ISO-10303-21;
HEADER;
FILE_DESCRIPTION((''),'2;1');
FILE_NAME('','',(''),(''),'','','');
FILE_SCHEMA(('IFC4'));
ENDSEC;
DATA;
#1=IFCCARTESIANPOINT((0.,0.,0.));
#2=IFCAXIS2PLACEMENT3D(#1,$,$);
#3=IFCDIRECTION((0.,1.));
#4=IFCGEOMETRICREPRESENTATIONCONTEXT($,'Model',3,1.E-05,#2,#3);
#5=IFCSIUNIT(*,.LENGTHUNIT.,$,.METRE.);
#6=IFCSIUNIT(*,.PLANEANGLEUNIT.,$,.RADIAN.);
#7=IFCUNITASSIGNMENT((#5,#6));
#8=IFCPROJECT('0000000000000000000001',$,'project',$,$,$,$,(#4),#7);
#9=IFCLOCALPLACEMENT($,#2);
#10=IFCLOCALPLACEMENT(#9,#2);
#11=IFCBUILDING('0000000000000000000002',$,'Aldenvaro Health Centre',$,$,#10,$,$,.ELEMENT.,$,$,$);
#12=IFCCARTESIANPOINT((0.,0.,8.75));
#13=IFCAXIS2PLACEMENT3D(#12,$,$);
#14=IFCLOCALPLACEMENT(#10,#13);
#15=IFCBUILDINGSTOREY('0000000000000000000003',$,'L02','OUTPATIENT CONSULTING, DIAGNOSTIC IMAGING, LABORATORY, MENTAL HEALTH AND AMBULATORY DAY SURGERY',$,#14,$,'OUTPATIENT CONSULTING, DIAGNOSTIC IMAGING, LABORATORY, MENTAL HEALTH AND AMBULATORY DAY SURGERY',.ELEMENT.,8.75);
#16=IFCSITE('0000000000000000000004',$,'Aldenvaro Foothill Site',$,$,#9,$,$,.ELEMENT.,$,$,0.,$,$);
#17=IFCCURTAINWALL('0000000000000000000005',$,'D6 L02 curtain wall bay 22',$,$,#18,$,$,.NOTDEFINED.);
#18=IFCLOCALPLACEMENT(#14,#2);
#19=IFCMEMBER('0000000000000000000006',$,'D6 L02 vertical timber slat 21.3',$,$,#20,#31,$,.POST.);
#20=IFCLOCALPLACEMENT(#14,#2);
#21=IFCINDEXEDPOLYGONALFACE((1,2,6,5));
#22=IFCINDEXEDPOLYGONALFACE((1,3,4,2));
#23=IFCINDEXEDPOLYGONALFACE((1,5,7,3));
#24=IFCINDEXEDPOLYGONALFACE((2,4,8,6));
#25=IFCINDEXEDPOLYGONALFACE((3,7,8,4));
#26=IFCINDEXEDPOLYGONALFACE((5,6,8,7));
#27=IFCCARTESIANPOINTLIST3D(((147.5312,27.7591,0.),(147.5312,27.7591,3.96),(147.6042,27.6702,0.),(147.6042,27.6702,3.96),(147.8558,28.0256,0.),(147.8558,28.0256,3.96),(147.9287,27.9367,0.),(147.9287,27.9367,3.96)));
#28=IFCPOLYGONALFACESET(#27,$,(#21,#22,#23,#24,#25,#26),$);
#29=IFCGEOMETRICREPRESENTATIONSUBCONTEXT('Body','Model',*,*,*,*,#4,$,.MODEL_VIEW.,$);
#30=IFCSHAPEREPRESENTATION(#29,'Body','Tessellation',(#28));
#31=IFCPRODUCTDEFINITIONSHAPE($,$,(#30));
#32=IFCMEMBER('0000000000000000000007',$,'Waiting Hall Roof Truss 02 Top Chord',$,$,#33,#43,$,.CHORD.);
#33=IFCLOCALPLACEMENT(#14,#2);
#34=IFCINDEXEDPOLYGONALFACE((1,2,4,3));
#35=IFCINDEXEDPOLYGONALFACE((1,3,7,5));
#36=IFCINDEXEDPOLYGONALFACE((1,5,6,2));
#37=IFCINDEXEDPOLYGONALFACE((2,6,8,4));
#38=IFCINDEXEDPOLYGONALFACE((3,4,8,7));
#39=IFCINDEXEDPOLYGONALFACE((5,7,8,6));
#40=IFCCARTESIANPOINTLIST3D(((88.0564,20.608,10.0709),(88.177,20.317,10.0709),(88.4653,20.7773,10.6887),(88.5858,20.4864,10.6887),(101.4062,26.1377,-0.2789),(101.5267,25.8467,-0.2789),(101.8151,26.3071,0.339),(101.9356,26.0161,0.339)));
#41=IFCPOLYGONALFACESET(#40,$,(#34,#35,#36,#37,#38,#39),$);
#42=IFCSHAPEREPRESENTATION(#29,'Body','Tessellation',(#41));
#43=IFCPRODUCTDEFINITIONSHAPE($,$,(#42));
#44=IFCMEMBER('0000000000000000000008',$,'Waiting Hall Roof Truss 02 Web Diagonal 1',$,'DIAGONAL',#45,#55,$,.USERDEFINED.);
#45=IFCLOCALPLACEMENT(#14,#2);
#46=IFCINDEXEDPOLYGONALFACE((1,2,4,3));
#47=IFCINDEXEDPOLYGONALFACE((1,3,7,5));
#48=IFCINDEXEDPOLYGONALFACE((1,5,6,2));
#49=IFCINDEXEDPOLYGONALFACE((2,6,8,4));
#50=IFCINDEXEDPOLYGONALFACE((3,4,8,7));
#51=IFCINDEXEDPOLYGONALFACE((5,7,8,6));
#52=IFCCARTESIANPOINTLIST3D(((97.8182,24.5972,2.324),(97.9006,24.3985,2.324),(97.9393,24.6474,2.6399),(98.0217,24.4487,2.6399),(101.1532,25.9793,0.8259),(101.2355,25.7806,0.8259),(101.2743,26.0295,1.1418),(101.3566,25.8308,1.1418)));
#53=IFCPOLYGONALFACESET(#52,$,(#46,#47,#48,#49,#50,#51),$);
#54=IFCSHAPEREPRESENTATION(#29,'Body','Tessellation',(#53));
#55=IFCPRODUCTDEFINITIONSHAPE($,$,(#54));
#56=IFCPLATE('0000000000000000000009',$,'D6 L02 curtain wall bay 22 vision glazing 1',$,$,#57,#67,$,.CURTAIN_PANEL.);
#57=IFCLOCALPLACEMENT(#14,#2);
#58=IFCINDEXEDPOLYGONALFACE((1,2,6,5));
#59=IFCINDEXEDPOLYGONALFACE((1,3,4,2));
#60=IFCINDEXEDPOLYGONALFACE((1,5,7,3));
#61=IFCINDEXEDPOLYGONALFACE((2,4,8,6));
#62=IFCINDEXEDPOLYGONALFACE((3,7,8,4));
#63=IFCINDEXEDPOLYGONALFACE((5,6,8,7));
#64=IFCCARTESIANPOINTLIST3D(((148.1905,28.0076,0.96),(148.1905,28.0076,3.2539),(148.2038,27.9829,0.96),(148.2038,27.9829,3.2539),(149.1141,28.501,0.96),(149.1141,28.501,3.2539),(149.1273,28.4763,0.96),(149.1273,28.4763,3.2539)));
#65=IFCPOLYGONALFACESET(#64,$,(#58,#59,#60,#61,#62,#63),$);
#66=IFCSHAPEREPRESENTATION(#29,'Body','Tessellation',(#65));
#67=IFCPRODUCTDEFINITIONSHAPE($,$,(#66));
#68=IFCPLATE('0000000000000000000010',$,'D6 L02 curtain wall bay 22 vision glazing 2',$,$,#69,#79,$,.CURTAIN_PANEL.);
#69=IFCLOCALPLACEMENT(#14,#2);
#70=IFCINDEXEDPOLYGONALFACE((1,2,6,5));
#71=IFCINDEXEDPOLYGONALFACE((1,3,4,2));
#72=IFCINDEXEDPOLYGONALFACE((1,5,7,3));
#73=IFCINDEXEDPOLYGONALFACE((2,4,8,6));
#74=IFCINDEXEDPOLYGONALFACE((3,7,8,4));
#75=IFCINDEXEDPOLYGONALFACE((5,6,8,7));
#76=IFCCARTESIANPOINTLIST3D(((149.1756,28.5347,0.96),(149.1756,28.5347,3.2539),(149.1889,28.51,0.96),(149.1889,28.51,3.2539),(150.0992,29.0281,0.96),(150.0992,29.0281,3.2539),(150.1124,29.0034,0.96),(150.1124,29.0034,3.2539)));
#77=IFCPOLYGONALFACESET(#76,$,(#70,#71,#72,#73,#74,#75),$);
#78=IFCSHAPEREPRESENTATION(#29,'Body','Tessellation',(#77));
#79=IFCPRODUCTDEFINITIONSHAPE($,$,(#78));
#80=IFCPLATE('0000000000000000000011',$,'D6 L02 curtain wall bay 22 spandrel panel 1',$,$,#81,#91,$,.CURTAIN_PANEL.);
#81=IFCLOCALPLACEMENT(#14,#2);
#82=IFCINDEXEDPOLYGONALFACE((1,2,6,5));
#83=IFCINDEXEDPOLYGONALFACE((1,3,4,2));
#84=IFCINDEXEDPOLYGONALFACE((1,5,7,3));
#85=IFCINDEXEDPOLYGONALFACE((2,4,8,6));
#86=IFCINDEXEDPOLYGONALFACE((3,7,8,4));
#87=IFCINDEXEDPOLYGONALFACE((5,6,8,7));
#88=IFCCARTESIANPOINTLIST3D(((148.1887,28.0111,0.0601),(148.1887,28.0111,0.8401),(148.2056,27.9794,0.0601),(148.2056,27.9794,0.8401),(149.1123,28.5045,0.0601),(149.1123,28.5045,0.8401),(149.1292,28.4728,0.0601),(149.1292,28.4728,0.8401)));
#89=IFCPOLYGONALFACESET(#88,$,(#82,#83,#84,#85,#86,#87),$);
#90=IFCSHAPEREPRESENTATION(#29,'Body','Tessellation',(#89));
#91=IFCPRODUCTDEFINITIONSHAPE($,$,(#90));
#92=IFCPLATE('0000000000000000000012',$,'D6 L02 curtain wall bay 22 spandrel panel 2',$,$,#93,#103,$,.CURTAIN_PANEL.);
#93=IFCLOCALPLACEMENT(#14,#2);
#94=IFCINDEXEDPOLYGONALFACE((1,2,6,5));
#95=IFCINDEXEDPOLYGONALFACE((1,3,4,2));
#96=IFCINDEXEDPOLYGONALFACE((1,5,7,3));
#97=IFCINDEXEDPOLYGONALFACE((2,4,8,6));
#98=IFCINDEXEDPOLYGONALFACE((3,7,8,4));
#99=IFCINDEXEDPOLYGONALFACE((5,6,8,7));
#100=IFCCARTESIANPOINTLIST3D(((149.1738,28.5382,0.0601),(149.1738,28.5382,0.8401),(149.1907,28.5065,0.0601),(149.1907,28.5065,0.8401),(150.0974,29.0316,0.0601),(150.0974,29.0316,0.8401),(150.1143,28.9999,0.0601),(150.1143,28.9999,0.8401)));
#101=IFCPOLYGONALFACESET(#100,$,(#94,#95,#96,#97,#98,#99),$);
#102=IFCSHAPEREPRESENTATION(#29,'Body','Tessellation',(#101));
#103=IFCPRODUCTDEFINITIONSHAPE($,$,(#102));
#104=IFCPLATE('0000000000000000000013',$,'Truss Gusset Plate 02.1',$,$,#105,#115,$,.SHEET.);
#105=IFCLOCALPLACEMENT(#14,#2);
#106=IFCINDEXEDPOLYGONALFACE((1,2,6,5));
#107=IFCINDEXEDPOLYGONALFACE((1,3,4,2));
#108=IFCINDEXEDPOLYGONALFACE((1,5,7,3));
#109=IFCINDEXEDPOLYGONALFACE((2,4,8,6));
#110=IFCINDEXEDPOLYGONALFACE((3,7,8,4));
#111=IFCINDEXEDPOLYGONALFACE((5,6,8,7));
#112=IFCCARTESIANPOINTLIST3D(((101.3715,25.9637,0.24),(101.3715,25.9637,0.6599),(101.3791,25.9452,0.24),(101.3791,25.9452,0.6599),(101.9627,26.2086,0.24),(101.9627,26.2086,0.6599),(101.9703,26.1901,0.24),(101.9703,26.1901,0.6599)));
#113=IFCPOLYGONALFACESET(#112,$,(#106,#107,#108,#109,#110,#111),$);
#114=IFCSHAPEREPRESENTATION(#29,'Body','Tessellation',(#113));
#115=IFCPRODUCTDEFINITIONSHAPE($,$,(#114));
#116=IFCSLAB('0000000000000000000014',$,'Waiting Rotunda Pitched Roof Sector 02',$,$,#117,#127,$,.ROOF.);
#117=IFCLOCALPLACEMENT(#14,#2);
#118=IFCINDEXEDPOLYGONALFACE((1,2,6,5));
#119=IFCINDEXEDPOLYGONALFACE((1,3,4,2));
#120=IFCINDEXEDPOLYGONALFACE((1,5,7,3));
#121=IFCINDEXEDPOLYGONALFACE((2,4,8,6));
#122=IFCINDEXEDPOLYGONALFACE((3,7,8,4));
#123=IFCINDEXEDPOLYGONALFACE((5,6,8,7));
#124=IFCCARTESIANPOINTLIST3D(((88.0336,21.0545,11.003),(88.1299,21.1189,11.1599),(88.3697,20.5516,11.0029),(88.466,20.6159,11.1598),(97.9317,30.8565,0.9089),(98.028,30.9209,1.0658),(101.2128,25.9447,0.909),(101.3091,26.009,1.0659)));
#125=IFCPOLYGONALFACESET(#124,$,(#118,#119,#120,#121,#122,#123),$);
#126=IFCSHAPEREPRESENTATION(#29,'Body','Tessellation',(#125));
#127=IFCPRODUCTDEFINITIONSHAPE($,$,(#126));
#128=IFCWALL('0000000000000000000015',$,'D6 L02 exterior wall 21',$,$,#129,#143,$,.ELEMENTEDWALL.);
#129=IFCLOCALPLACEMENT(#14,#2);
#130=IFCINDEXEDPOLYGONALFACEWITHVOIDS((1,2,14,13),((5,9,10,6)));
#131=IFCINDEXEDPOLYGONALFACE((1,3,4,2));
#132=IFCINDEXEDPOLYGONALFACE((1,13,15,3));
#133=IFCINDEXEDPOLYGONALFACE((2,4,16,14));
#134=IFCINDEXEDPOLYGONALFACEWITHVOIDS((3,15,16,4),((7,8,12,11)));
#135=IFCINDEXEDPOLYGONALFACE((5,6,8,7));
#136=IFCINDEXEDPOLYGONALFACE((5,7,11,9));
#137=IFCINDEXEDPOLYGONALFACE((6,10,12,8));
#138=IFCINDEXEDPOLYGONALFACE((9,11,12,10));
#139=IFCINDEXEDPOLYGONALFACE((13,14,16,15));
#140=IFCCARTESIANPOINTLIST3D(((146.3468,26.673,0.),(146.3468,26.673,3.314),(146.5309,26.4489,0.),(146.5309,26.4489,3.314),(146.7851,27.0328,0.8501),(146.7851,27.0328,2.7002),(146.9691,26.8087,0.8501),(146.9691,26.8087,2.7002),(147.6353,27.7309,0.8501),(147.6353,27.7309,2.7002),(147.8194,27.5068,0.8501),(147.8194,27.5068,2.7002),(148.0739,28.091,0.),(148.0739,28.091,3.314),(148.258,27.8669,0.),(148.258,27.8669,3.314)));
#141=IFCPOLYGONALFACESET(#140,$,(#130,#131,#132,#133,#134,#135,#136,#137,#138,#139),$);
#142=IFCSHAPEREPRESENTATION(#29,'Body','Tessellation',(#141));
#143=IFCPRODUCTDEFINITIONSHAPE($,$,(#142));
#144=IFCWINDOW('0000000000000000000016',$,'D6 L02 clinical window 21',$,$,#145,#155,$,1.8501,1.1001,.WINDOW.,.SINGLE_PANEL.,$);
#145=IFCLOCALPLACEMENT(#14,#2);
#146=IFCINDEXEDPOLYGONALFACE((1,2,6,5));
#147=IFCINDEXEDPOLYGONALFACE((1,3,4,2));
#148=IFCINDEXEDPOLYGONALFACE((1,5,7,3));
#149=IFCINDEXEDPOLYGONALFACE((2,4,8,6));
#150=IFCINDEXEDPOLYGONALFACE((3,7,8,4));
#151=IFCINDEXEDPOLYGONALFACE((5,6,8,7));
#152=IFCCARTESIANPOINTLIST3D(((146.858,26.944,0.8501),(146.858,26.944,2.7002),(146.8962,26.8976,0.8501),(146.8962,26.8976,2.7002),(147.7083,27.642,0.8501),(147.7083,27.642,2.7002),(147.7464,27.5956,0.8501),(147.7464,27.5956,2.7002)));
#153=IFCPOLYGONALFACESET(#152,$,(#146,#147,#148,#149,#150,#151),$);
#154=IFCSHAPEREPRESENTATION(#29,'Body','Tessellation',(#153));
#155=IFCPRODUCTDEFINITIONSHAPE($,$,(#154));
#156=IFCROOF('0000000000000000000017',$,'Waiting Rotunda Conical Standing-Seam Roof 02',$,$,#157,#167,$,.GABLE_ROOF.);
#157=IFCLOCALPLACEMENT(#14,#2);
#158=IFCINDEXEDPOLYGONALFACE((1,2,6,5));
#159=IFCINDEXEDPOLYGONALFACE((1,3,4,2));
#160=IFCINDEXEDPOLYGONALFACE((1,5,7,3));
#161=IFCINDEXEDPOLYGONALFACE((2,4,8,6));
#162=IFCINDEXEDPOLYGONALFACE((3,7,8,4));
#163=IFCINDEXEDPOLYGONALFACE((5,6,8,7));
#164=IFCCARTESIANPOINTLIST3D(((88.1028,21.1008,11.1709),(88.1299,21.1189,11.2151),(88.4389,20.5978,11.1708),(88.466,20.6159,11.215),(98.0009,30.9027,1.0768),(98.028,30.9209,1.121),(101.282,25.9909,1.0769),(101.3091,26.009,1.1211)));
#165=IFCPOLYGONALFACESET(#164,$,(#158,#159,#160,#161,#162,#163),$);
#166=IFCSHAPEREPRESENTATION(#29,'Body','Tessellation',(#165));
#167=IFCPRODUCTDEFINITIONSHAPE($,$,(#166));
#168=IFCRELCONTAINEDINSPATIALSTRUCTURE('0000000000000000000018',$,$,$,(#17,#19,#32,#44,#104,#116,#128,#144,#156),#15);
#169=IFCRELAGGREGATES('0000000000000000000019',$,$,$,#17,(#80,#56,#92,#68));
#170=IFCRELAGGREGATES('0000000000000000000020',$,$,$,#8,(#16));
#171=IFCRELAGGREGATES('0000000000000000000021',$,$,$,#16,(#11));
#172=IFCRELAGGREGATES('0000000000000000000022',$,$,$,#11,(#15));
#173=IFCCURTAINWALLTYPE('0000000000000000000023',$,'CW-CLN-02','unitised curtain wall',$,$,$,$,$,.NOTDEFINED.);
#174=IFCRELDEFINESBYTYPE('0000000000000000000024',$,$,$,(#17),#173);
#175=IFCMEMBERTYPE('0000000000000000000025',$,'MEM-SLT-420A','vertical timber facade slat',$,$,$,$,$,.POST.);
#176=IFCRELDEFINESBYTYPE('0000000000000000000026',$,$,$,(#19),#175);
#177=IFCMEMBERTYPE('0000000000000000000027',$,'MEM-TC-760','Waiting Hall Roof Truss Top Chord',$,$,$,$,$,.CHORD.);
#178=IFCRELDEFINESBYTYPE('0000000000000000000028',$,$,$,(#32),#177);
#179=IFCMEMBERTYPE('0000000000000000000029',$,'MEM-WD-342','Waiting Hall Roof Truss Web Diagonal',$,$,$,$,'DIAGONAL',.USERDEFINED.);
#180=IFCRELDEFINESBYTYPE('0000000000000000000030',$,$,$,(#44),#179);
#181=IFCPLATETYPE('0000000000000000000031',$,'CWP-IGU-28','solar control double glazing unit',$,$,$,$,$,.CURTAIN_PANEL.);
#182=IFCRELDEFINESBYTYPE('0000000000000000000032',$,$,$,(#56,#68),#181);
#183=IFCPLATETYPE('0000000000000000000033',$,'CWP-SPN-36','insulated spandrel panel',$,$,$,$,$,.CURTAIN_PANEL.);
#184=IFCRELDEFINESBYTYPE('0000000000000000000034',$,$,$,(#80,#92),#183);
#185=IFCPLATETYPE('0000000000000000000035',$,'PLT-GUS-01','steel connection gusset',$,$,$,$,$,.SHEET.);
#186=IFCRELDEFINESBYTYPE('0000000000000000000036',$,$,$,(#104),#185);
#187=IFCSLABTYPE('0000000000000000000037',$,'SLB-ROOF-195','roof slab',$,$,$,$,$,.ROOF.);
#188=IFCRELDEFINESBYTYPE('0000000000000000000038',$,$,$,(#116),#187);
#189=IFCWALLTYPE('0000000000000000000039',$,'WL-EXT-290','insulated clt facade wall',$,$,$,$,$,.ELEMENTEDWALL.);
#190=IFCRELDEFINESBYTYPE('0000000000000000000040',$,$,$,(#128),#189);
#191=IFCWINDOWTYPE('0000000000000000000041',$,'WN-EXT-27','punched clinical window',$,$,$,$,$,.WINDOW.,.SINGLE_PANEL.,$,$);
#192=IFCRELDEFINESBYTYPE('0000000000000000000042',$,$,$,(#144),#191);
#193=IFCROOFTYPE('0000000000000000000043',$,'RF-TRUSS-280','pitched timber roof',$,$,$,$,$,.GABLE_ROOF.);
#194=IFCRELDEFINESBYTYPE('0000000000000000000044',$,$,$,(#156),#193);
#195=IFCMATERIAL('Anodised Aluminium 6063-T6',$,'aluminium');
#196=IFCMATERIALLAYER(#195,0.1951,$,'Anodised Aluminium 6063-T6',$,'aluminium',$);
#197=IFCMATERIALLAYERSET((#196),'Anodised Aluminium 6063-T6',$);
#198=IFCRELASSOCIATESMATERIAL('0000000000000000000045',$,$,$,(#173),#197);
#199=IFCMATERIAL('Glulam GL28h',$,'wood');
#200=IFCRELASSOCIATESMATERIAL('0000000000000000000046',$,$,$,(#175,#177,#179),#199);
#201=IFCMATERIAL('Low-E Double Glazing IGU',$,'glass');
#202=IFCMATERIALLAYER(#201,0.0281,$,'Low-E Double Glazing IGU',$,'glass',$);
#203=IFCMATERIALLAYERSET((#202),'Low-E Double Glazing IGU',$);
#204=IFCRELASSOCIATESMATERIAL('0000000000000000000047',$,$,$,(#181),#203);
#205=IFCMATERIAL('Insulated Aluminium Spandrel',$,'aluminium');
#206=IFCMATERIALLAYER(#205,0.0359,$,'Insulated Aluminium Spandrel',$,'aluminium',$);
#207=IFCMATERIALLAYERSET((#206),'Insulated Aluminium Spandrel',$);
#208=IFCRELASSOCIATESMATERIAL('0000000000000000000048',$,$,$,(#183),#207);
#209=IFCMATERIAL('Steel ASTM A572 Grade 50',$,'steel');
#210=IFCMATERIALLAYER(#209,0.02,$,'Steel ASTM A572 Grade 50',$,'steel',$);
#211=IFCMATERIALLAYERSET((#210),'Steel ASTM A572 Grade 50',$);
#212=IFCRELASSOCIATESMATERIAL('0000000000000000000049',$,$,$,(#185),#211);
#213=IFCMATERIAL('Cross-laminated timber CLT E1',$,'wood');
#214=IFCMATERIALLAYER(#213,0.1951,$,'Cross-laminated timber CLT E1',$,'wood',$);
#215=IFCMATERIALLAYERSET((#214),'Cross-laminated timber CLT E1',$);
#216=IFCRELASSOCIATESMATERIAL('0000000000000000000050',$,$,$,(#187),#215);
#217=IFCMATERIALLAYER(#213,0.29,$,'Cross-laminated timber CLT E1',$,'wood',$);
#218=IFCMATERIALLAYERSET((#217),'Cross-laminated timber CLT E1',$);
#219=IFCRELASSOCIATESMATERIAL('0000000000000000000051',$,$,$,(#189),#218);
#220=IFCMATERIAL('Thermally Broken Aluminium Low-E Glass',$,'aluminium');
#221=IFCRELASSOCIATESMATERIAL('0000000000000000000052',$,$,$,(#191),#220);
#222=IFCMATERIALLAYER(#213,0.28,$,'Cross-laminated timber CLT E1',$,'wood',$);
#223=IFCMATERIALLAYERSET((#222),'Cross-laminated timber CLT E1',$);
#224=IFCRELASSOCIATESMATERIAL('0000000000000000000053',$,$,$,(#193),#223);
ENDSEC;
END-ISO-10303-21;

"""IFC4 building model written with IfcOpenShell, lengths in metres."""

from ifc_helpers import new_model, si_unit, direction, frame, frame_2d, origin, origin_2d, place, context, subcontext, project, spatial, polyline, rectangle, outline, extrude, material, layer, layer_set, material_profile, profile_set, type_object, element, fill, aggregate, save


model = new_model("IFC4")

# Units and contexts
model_context = context("Model", 3, precision=1e-05, world=origin(), true_north=direction((0.0, 1.0)))
body_context = subcontext(model_context, "Body", "Model", "MODEL_VIEW")
ifc_project = project(units=[si_unit("LENGTHUNIT", "METRE"), si_unit("PLANEANGLEUNIT", "RADIAN")], contexts=[model_context])

# Site, building, storey
site_placement = place(None, origin())
site = spatial("IfcSite", under=ifc_project, at=site_placement, Name="Aldenvaro Foothill Site", CompositionType="ELEMENT", RefElevation=0.0)
building_placement = place(site_placement, origin())
building = spatial("IfcBuilding", under=site, at=building_placement, Name="Aldenvaro Health Centre", CompositionType="ELEMENT")
storey_placement = place(building_placement, frame((0.0, 0.0, 8.75)))
storey = spatial("IfcBuildingStorey", under=building, at=storey_placement, Name="L02", Description="OUTPATIENT CONSULTING, DIAGNOSTIC IMAGING, LABORATORY, MENTAL HEALTH AND AMBULATORY DAY SURGERY", LongName="OUTPATIENT CONSULTING, DIAGNOSTIC IMAGING, LABORATORY, MENTAL HEALTH AND AMBULATORY DAY SURGERY", CompositionType="ELEMENT", Elevation=8.75)

# Shared definitions
ifc_material_1 = material(Name="Glulam GL28h", Category="wood")

# Curtain wall
ifc_material_2 = material(Name="Anodised Aluminium 6063-T6", Category="aluminium")
ifc_layer_1 = layer(ifc_material_2, 0.1951, Name="Anodised Aluminium 6063-T6", Category="aluminium")
ifc_layer_set_1 = layer_set([ifc_layer_1], Name="Anodised Aluminium 6063-T6")
curtain_wall_type = type_object("IfcCurtainWallType", Name="CW-CLN-02", Description="unitised curtain wall", PredefinedType="NOTDEFINED", material=ifc_layer_set_1)
curtain_wall_placement = place(storey_placement, origin())
curtain_wall = element("IfcCurtainWall", 1, at=curtain_wall_placement, inside=storey, type_object=curtain_wall_type, Name="D6 L02 curtain wall bay 22", PredefinedType="NOTDEFINED")

# Members
ifc_material_profile_1 = material_profile(ifc_material_1, rectangle(XDim=0.115, YDim=0.4199, at=origin_2d()), Name="GL 115x420", Category="wood")
ifc_profile_set_1 = profile_set([ifc_material_profile_1], Name="Glulam GL28h")
member_type_1 = type_object("IfcMemberType", Name="MEM-SLT-420A", Description="vertical timber facade slat", PredefinedType="POST", material=ifc_profile_set_1)
member_1_placement = place(storey_placement, frame((147.73, 27.8479, 0.0), z_axis=(0.0, 0.0, 1.0), x_axis=(-0.634577, 0.77286, 0.0)))
element("IfcMember", 2, at=member_1_placement, inside=storey, type_object=member_type_1, Name="D6 L02 vertical timber slat 21.3", PredefinedType="POST", context=body_context, shape_type="SweptSolid", body=[
    extrude(rectangle(XDim=0.115, YDim=0.4199, at=origin_2d()), origin(), (0.0, 0.0, 1.0), 3.96),
])
ifc_material_profile_2 = material_profile(ifc_material_1, rectangle(XDim=0.3149, YDim=0.76, at=origin_2d()), Name="GL 315x760", Category="wood")
ifc_profile_set_2 = profile_set([ifc_material_profile_2], Name="Glulam GL28h")
member_type_2 = type_object("IfcMemberType", Name="MEM-TC-760", Description="Waiting Hall Roof Truss Top Chord", PredefinedType="CHORD", material=ifc_profile_set_2)
member_2_placement = place(storey_placement, frame((101.6709, 26.0769, 0.03), z_axis=(-0.751087, -0.311116, 0.582302), x_axis=(0.382689, -0.923877, 0.0)))
element("IfcMember", 3, at=member_2_placement, inside=storey, type_object=member_type_2, Name="Waiting Hall Roof Truss 02 Top Chord", PredefinedType="CHORD", context=body_context, shape_type="SweptSolid", body=[
    extrude(rectangle(XDim=0.3149, YDim=0.76, at=origin_2d()), origin(), (0.0, 0.0, 1.0), 17.7739),
])
ifc_material_profile_3 = material_profile(ifc_material_1, rectangle(XDim=0.2151, YDim=0.342, at=origin_2d()), Name="GL 215x342", Category="wood")
ifc_profile_set_3 = profile_set([ifc_material_profile_3], Name="Glulam GL28h")
member_type_3 = type_object("IfcMemberType", Name="MEM-WD-342", Description="Waiting Hall Roof Truss Web Diagonal", ElementType="DIAGONAL", PredefinedType="USERDEFINED", material=ifc_profile_set_3)
member_3_placement = place(storey_placement, frame((101.2549, 25.905, 0.9839), z_axis=(-0.853262, -0.35361, 0.383281), x_axis=(0.382848, -0.923812, 0.0)))
element("IfcMember", 4, at=member_3_placement, inside=storey, type_object=member_type_3, Name="Waiting Hall Roof Truss 02 Web Diagonal 1", ObjectType="DIAGONAL", PredefinedType="USERDEFINED", context=body_context, shape_type="SweptSolid", body=[
    extrude(rectangle(XDim=0.2151, YDim=0.342, at=origin_2d()), origin(), (0.0, 0.0, 1.0), 3.9084),
])

# Plates
ifc_material_3 = material(Name="Low-E Double Glazing IGU", Category="glass")
ifc_layer_2 = layer(ifc_material_3, 0.0281, Name="Low-E Double Glazing IGU", Category="glass")
ifc_layer_set_2 = layer_set([ifc_layer_2], Name="Low-E Double Glazing IGU")
plate_type_1 = type_object("IfcPlateType", Name="CWP-IGU-28", Description="solar control double glazing unit", PredefinedType="CURTAIN_PANEL", material=ifc_layer_set_2)
plate_1_placement = place(storey_placement, frame((148.6589, 28.2419, 0.96), z_axis=(0.0, 0.0, 1.0), x_axis=(0.882018, 0.471215, 0.0)))
plate_1 = element("IfcPlate", 5, at=plate_1_placement, type_object=plate_type_1, Name="D6 L02 curtain wall bay 22 vision glazing 1", PredefinedType="CURTAIN_PANEL", context=body_context, shape_type="SweptSolid", body=[
    extrude(rectangle(XDim=1.0471, YDim=0.0281, at=origin_2d()), origin(), (0.0, 0.0, 1.0), 2.2939),
])
plate_2_placement = place(storey_placement, frame((149.644, 28.769, 0.96), z_axis=(0.0, 0.0, 1.0), x_axis=(0.882018, 0.471215, 0.0)))
plate_2 = element("IfcPlate", 6, at=plate_2_placement, type_object=plate_type_1, Name="D6 L02 curtain wall bay 22 vision glazing 2", PredefinedType="CURTAIN_PANEL", context=body_context, shape_type="SweptSolid", body=[
    extrude(rectangle(XDim=1.0471, YDim=0.0281, at=origin_2d()), origin(), (0.0, 0.0, 1.0), 2.2939),
])
ifc_material_4 = material(Name="Insulated Aluminium Spandrel", Category="aluminium")
ifc_layer_3 = layer(ifc_material_4, 0.0359, Name="Insulated Aluminium Spandrel", Category="aluminium")
ifc_layer_set_3 = layer_set([ifc_layer_3], Name="Insulated Aluminium Spandrel")
plate_type_2 = type_object("IfcPlateType", Name="CWP-SPN-36", Description="insulated spandrel panel", PredefinedType="CURTAIN_PANEL", material=ifc_layer_set_3)
plate_3_placement = place(storey_placement, frame((148.6589, 28.2419, 0.0601), z_axis=(0.0, 0.0, 1.0), x_axis=(0.882018, 0.471215, 0.0)))
plate_3 = element("IfcPlate", 7, at=plate_3_placement, type_object=plate_type_2, Name="D6 L02 curtain wall bay 22 spandrel panel 1", PredefinedType="CURTAIN_PANEL", context=body_context, shape_type="SweptSolid", body=[
    extrude(rectangle(XDim=1.0471, YDim=0.0359, at=origin_2d()), origin(), (0.0, 0.0, 1.0), 0.78),
])
plate_4_placement = place(storey_placement, frame((149.644, 28.769, 0.0601), z_axis=(0.0, 0.0, 1.0), x_axis=(0.882018, 0.471215, 0.0)))
plate_4 = element("IfcPlate", 8, at=plate_4_placement, type_object=plate_type_2, Name="D6 L02 curtain wall bay 22 spandrel panel 2", PredefinedType="CURTAIN_PANEL", context=body_context, shape_type="SweptSolid", body=[
    extrude(rectangle(XDim=1.0471, YDim=0.0359, at=origin_2d()), origin(), (0.0, 0.0, 1.0), 0.78),
])
aggregate(curtain_wall, [plate_3, plate_1, plate_4, plate_2])
ifc_material_5 = material(Name="Steel ASTM A572 Grade 50", Category="steel")
ifc_layer_4 = layer(ifc_material_5, 0.02, Name="Steel ASTM A572 Grade 50", Category="steel")
ifc_layer_set_4 = layer_set([ifc_layer_4], Name="Steel ASTM A572 Grade 50")
plate_type_3 = type_object("IfcPlateType", Name="PLT-GUS-01", Description="steel connection gusset", PredefinedType="SHEET", material=ifc_layer_set_4)
plate_5_placement = place(storey_placement, frame((101.6709, 26.0769, 0.24), z_axis=(0.0, 0.0, 1.0), x_axis=(0.92388, 0.382683, 0.0)))
element("IfcPlate", 9, at=plate_5_placement, inside=storey, type_object=plate_type_3, Name="Truss Gusset Plate 02.1", PredefinedType="SHEET", context=body_context, shape_type="SweptSolid", body=[
    extrude(rectangle(XDim=0.6399, YDim=0.02, at=origin_2d()), origin(), (0.0, 0.0, 1.0), 0.4199),
])

# Slab
ifc_material_6 = material(Name="Cross-laminated timber CLT E1", Category="wood")
ifc_layer_5 = layer(ifc_material_6, 0.1951, Name="Cross-laminated timber CLT E1", Category="wood")
ifc_layer_set_5 = layer_set([ifc_layer_5], Name="Cross-laminated timber CLT E1")
slab_type = type_object("IfcSlabType", Name="SLB-ROOF-195", Description="roof slab", PredefinedType="ROOF", material=ifc_layer_set_5)
slab_placement = place(storey_placement, frame((101.3091, 26.009, 1.0659), z_axis=(0.493817, 0.329879, 0.804565), x_axis=(-0.555462, 0.831542, -0.000014)))
element("IfcSlab", 10, at=slab_placement, inside=storey, type_object=slab_type, Name="Waiting Rotunda Pitched Roof Sector 02", PredefinedType="ROOF", context=body_context, shape_type="SweptSolid", body=[
    extrude(outline(polyline([(0.0, 0.0), (5.9069, 0.0), (3.2541, 16.9972), (2.6491, 16.997), (0.0, 0.0)])), origin(), (0.0, 0.0, -1.0), 0.1951),
])

# Wall, opening, window
ifc_layer_6 = layer(ifc_material_6, 0.29, Name="Cross-laminated timber CLT E1", Category="wood")
ifc_layer_set_6 = layer_set([ifc_layer_6], Name="Cross-laminated timber CLT E1")
wall_type = type_object("IfcWallType", Name="WL-EXT-290", Description="insulated clt facade wall", PredefinedType="ELEMENTEDWALL", material=ifc_layer_set_6)
wall_placement = place(storey_placement, frame((146.439, 26.561, 0.0), z_axis=(0.0, 0.0, 1.0), x_axis=(0.772876, 0.634558, 0.0)))
wall = element("IfcWall", 11, at=wall_placement, inside=storey, type_object=wall_type, Name="D6 L02 exterior wall 21", PredefinedType="ELEMENTEDWALL", context=body_context, shape_type="SweptSolid", body=[
    extrude(rectangle(XDim=2.2346, YDim=0.29, at=frame_2d((1.1172, 0.0))), origin(), (0.0, 0.0, 1.0), 3.314),
])
opening_placement = place(wall_placement, frame((0.5669, 0.0, 0.8501)))
opening = element("IfcOpeningElement", 12, at=opening_placement, cuts=wall, PredefinedType="OPENING", context=body_context, shape_type="SweptSolid", body=[
    extrude(rectangle(XDim=1.1001, YDim=1.8501, at=frame_2d((0.55, 0.925))), frame((0.0, 0.155, 0.0), z_axis=(0.0, -1.0, 0.0), x_axis=(1.0, 0.0, 0.0)), (0.0, 0.0, 1.0), 0.3101),
])
ifc_material_7 = material(Name="Thermally Broken Aluminium Low-E Glass", Category="aluminium")
window_type = type_object("IfcWindowType", Name="WN-EXT-27", Description="punched clinical window", PartitioningType="SINGLE_PANEL", PredefinedType="WINDOW", material=ifc_material_7)
window_placement = place(opening_placement, origin())
window = element("IfcWindow", 13, at=window_placement, inside=storey, type_object=window_type, Name="D6 L02 clinical window 21", OverallHeight=1.8501, OverallWidth=1.1001, PartitioningType="SINGLE_PANEL", PredefinedType="WINDOW", context=body_context, shape_type="SweptSolid", body=[
    extrude(rectangle(XDim=1.1001, YDim=1.8501, at=frame_2d((0.55, 0.925))), frame((0.0, 0.03, 0.0), z_axis=(0.0, -1.0, 0.0), x_axis=(1.0, 0.0, 0.0)), (0.0, 0.0, 1.0), 0.0601),
])
fill(opening, window)

# Roof
ifc_layer_7 = layer(ifc_material_6, 0.28, Name="Cross-laminated timber CLT E1", Category="wood")
ifc_layer_set_7 = layer_set([ifc_layer_7], Name="Cross-laminated timber CLT E1")
roof_type = type_object("IfcRoofType", Name="RF-TRUSS-280", Description="pitched timber roof", PredefinedType="GABLE_ROOF", material=ifc_layer_set_7)
roof_placement = place(storey_placement, frame((101.3091, 26.009, 1.1211), z_axis=(0.493817, 0.329879, 0.804565), x_axis=(-0.555462, 0.831542, -0.000014)))
element("IfcRoof", 14, at=roof_placement, inside=storey, type_object=roof_type, Name="Waiting Rotunda Conical Standing-Seam Roof 02", PredefinedType="GABLE_ROOF", context=body_context, shape_type="SweptSolid", body=[
    extrude(outline(polyline([(0.0, 0.0), (5.9069, 0.0), (3.2541, 16.9972), (2.6491, 16.997), (0.0, 0.0)])), origin(), (0.0, 0.0, -1.0), 0.0549),
])

save(model, "model.ifc")
